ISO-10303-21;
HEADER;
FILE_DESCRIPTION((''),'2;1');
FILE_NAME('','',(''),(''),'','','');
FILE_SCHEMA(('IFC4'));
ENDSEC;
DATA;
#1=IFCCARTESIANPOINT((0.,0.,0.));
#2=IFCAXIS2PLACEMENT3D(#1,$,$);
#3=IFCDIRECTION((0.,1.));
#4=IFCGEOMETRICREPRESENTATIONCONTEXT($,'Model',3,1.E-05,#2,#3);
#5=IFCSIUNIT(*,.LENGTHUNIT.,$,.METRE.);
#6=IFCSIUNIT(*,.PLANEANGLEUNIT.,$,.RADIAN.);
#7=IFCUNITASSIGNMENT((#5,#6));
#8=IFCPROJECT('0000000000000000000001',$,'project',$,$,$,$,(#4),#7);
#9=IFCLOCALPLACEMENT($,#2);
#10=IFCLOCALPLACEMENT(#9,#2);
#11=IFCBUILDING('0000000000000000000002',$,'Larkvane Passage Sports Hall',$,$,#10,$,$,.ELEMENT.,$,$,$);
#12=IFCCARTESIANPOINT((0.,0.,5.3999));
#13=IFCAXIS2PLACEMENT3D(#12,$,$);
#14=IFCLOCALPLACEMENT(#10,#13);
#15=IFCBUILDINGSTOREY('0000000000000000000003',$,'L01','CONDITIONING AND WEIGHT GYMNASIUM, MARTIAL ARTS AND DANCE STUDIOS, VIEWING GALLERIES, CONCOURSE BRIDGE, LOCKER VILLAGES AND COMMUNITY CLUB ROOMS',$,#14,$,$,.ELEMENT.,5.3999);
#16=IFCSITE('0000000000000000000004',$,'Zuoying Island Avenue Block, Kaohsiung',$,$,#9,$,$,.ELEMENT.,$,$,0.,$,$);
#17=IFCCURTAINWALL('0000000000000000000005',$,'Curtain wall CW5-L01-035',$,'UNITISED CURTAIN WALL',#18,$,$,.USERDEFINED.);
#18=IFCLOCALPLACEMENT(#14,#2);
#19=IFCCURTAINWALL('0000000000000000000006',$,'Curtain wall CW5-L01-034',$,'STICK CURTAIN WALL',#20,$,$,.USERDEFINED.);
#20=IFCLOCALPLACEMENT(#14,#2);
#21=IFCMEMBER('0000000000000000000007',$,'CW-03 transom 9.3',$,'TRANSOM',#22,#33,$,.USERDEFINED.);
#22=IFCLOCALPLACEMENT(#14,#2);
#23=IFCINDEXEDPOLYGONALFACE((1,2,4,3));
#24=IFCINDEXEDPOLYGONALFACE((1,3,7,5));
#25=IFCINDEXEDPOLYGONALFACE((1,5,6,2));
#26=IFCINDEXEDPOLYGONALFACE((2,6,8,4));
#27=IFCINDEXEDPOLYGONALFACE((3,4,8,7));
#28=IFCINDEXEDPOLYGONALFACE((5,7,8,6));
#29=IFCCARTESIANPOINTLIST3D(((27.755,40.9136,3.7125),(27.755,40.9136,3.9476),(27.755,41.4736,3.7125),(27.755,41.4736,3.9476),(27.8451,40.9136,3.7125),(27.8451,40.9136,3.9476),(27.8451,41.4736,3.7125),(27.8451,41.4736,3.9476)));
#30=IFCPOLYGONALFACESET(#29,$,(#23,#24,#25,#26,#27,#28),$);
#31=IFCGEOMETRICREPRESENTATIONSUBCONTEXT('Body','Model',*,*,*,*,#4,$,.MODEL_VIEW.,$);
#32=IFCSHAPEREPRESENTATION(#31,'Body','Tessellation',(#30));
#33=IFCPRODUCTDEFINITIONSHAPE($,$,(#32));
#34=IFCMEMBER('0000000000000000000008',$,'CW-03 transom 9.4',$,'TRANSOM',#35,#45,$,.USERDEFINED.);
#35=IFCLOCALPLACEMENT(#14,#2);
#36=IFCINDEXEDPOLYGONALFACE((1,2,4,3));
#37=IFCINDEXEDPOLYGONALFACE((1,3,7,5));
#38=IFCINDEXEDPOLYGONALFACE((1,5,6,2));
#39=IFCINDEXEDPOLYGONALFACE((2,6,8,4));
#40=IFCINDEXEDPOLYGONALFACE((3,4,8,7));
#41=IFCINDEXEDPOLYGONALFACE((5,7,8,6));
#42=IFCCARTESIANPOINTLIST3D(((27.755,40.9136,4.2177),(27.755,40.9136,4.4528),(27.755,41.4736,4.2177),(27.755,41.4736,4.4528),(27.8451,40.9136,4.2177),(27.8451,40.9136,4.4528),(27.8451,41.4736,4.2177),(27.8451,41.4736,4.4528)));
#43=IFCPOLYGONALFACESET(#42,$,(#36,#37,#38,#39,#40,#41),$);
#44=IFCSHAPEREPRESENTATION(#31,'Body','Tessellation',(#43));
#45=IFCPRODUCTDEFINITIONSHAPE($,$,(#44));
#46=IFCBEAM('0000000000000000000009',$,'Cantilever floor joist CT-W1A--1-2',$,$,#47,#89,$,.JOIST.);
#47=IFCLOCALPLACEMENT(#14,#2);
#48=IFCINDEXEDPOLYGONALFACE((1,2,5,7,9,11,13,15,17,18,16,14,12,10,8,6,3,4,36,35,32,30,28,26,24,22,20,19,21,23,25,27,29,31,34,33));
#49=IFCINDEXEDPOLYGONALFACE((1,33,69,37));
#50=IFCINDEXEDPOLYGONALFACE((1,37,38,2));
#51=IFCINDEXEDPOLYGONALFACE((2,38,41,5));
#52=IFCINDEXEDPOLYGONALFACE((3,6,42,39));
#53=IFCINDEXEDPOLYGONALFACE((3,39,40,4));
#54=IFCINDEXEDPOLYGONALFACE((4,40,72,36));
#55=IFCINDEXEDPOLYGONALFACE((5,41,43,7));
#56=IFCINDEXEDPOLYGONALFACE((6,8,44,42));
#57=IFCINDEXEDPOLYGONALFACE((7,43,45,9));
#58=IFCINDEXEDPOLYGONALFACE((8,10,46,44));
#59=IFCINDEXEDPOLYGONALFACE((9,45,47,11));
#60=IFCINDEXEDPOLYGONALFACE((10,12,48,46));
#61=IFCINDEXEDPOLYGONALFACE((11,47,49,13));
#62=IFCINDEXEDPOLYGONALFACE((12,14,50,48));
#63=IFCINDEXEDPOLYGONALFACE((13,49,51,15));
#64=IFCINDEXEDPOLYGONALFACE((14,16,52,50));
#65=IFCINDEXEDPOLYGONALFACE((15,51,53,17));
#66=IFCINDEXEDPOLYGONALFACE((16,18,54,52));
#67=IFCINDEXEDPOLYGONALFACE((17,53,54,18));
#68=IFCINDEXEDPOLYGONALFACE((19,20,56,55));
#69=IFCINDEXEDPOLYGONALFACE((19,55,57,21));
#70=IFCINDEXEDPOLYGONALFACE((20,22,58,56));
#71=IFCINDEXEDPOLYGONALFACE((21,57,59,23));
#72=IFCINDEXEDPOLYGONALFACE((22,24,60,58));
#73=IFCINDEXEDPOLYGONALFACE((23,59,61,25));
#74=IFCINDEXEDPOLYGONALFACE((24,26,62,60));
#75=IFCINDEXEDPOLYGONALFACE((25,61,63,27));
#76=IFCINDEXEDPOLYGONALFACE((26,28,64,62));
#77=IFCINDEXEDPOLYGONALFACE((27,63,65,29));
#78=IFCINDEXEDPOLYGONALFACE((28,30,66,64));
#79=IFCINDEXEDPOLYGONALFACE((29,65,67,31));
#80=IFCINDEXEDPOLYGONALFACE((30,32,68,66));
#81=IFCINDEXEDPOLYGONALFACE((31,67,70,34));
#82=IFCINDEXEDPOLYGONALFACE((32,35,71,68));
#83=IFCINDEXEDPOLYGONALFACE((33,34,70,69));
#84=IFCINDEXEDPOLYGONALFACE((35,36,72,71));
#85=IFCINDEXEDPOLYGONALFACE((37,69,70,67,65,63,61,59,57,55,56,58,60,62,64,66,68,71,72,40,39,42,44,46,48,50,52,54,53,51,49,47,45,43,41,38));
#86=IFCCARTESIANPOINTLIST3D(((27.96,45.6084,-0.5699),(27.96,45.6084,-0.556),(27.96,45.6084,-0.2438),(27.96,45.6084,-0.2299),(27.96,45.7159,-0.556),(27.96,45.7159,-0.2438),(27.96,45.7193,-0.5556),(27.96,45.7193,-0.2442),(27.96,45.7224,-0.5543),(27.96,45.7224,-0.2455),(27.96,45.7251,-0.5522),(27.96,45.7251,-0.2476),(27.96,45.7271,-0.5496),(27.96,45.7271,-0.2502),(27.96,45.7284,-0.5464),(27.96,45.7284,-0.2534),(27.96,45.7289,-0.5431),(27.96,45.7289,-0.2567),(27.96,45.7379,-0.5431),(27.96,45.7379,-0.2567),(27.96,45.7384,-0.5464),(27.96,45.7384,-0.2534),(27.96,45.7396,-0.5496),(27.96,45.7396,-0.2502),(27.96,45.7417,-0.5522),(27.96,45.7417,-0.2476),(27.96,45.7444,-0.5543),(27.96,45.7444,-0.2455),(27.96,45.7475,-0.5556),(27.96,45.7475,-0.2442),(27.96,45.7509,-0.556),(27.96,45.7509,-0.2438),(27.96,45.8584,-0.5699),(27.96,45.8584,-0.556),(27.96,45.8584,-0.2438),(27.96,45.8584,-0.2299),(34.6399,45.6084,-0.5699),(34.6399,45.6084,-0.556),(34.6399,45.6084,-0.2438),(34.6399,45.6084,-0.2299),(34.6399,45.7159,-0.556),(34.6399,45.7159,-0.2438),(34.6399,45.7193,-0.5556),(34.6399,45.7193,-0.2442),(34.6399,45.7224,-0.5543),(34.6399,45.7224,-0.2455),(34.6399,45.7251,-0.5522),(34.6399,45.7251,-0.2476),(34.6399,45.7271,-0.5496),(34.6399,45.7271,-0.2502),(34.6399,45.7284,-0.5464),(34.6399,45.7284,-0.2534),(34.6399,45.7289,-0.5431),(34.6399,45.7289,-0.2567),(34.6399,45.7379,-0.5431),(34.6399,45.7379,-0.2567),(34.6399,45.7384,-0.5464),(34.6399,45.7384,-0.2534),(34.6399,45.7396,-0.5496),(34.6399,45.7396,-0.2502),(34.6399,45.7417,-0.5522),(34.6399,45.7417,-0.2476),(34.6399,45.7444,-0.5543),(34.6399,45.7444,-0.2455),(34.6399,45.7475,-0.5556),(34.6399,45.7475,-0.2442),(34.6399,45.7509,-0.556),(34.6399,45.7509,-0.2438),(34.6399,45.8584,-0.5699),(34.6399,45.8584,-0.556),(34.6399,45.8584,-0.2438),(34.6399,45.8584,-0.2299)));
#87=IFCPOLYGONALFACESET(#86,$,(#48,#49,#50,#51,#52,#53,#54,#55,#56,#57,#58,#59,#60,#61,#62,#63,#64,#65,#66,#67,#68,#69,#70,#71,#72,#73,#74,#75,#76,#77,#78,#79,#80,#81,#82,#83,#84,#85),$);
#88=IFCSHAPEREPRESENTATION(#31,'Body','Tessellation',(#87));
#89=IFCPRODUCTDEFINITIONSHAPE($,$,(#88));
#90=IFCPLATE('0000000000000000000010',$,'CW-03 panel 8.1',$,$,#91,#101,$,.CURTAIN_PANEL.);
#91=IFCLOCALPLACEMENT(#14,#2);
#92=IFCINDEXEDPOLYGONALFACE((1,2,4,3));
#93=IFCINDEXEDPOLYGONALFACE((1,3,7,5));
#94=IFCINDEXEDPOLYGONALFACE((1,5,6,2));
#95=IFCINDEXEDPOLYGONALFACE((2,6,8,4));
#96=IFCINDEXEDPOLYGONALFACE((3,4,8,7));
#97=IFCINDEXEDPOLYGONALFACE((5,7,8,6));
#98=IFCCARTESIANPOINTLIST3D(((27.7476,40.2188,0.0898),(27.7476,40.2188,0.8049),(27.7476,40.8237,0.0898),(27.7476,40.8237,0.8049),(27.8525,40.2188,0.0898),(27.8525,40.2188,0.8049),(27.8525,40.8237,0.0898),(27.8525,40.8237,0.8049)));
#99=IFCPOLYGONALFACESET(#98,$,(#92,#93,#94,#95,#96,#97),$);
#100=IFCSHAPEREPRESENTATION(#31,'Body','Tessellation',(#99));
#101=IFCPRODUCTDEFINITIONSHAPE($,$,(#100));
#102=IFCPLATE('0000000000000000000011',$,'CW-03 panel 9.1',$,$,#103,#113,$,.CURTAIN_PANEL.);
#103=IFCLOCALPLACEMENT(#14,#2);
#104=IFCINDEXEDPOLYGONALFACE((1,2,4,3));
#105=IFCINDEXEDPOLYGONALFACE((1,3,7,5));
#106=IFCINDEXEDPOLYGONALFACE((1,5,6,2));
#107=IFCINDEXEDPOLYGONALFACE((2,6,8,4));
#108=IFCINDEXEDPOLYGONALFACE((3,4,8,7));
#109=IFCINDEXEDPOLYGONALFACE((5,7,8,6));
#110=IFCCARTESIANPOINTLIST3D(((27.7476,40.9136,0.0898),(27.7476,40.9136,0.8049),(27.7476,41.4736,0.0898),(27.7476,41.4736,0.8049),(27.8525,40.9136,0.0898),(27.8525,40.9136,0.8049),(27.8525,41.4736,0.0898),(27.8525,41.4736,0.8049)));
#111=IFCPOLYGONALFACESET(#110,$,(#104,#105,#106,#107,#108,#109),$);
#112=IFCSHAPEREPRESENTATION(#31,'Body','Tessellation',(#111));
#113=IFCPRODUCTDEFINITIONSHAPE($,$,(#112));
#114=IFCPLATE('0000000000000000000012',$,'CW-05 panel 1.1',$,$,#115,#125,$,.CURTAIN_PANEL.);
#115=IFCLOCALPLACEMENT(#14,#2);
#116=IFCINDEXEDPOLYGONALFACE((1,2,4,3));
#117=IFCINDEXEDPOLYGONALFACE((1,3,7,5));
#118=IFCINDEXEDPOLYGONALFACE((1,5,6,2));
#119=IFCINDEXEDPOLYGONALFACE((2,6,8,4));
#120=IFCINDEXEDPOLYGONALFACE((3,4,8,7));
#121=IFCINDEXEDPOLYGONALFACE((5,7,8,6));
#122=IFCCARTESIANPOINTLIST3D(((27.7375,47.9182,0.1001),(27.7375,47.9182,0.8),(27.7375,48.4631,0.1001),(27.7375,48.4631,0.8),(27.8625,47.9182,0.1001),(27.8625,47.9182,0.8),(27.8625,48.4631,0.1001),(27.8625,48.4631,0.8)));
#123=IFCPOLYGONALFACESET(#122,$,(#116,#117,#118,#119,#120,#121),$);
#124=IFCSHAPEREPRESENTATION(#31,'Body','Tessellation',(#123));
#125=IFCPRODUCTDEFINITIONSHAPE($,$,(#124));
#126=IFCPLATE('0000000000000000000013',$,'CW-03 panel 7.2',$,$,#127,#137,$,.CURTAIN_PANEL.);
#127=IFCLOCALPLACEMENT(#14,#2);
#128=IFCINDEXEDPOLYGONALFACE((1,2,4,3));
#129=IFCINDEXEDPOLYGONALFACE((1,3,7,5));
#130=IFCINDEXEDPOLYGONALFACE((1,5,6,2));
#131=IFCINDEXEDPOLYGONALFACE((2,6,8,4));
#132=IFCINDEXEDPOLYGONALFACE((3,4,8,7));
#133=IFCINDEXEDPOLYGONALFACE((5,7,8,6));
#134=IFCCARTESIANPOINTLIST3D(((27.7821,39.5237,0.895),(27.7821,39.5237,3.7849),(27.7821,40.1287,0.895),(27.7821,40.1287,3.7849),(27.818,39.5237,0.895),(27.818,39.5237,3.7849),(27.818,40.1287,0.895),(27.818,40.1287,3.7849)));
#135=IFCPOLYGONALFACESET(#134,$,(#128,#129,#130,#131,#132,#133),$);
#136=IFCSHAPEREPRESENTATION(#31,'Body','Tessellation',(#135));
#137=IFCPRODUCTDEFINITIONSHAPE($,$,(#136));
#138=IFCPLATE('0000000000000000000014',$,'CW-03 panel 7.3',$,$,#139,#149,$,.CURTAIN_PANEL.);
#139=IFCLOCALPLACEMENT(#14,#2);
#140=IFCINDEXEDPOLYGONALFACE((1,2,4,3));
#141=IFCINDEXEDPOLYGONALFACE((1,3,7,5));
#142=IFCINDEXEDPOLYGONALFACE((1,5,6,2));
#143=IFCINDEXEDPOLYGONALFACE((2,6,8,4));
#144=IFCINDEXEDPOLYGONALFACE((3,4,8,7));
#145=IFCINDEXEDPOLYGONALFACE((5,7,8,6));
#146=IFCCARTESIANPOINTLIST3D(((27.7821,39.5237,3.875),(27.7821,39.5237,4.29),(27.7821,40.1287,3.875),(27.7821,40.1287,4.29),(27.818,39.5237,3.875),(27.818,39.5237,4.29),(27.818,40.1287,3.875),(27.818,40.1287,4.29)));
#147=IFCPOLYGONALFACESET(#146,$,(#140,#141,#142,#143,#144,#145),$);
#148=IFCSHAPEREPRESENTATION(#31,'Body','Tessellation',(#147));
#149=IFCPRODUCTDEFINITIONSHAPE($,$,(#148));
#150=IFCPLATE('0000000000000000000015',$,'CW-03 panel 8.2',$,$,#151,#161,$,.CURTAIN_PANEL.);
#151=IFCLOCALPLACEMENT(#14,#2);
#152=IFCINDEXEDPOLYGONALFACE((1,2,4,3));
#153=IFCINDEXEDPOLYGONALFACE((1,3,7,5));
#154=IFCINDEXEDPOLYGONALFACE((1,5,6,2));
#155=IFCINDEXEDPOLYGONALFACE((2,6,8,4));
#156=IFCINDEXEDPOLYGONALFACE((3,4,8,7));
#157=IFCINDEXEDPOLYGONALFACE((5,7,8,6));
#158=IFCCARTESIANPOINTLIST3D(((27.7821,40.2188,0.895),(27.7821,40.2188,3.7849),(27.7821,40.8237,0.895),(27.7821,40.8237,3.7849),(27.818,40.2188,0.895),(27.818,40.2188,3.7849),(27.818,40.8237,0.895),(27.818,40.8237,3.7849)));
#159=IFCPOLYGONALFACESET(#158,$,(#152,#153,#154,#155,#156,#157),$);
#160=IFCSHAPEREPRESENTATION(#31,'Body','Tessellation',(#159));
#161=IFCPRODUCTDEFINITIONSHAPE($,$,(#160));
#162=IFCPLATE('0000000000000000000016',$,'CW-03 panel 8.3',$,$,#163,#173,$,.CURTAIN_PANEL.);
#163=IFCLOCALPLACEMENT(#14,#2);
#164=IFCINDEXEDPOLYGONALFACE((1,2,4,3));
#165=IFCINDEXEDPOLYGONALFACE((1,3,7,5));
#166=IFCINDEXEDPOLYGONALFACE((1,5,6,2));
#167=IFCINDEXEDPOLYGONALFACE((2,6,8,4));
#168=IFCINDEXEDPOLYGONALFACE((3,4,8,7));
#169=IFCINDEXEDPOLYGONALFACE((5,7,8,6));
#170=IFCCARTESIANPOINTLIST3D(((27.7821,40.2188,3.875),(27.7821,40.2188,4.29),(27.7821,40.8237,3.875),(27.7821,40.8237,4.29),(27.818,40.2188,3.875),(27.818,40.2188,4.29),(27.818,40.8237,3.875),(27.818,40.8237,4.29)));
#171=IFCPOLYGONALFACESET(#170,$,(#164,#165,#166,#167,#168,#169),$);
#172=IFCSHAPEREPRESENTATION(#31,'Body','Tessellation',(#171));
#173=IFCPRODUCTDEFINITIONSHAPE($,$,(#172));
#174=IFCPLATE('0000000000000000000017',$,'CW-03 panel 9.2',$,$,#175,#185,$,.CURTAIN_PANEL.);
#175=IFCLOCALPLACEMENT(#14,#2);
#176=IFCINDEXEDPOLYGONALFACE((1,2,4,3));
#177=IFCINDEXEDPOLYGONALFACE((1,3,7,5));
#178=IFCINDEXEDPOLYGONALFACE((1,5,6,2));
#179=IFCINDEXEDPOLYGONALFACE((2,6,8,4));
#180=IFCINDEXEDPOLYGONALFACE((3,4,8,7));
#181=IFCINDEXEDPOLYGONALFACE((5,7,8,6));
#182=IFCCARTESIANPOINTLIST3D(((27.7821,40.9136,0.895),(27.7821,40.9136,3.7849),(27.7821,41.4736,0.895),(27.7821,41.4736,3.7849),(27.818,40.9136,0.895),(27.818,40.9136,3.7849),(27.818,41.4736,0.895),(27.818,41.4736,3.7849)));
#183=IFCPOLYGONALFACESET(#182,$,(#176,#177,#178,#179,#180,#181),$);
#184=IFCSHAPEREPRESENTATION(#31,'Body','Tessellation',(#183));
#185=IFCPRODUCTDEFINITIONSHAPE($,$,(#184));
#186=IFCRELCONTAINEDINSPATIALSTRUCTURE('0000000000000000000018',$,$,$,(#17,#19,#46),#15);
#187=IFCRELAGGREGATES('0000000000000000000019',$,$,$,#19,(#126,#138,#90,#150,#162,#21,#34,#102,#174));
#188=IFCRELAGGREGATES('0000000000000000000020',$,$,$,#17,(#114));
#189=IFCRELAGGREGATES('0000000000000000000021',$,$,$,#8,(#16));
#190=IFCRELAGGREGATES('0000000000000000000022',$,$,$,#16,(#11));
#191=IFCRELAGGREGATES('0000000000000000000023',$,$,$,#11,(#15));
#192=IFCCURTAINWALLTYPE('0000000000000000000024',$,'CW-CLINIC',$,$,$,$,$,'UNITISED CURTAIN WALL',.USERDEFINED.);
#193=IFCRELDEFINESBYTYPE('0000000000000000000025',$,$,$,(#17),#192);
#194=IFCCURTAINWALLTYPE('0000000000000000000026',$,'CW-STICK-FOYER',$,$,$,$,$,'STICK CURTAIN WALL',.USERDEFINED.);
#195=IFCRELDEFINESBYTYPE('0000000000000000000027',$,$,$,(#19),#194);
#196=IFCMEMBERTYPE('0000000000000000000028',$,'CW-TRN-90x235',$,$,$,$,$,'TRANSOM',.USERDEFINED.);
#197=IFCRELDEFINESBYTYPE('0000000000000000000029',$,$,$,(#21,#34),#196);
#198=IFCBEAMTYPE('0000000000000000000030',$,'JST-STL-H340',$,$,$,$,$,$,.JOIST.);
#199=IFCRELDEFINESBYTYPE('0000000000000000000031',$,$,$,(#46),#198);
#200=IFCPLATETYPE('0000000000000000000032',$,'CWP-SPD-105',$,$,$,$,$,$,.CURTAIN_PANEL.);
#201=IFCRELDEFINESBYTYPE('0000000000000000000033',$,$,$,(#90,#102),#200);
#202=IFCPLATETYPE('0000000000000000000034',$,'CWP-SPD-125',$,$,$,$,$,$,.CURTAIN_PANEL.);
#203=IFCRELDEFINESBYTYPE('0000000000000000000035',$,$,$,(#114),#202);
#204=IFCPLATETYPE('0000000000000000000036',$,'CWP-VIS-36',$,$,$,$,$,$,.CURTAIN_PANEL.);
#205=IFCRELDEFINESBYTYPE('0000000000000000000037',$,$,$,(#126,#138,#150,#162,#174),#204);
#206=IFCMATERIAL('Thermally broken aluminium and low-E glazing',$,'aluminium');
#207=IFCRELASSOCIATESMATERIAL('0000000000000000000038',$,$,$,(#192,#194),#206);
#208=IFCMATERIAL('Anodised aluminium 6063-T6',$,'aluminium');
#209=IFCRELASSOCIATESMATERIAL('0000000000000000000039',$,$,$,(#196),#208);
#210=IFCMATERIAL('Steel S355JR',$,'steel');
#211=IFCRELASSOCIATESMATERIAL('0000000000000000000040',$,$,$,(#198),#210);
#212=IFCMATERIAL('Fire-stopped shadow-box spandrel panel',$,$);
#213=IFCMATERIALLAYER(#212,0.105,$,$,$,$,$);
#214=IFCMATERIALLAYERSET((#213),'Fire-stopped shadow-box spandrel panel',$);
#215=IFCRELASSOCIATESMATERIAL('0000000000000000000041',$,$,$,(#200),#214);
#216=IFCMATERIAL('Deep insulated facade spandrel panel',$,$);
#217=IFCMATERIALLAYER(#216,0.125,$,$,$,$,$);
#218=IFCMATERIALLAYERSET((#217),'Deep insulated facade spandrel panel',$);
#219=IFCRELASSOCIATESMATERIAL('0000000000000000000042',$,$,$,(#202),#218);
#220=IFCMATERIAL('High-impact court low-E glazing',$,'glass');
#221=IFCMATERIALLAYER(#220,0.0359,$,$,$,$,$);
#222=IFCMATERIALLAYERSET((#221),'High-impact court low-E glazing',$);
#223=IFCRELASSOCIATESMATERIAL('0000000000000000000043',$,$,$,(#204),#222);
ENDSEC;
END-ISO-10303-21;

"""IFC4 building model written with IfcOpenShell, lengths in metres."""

from ifc_helpers import new_model, si_unit, direction, frame, origin, origin_2d, place, context, subcontext, project, spatial, rectangle, i_section, extrude, material, layer, layer_set, material_profile, profile_set, type_object, element, aggregate, save


model = new_model("IFC4")

# Units and contexts
model_context = context("Model", 3, precision=1e-05, world=origin(), true_north=direction((0.0, 1.0)))
body_context = subcontext(model_context, "Body", "Model", "MODEL_VIEW")
ifc_project = project(units=[si_unit("LENGTHUNIT", "METRE"), si_unit("PLANEANGLEUNIT", "RADIAN")], contexts=[model_context])

# Site, building, storey
site_placement = place(None, origin())
site = spatial("IfcSite", under=ifc_project, at=site_placement, Name="Zuoying Island Avenue Block, Kaohsiung", CompositionType="ELEMENT", RefElevation=0.0)
building_placement = place(site_placement, origin())
building = spatial("IfcBuilding", under=site, at=building_placement, Name="Larkvane Passage Sports Hall", CompositionType="ELEMENT")
storey_placement = place(building_placement, frame((0.0, 0.0, 5.3999)))
storey = spatial("IfcBuildingStorey", under=building, at=storey_placement, Name="L01", Description="CONDITIONING AND WEIGHT GYMNASIUM, MARTIAL ARTS AND DANCE STUDIOS, VIEWING GALLERIES, CONCOURSE BRIDGE, LOCKER VILLAGES AND COMMUNITY CLUB ROOMS", CompositionType="ELEMENT", Elevation=5.3999)

# Curtain wall
ifc_material_1 = material(Name="Thermally broken aluminium and low-E glazing", Category="aluminium")
curtain_wall_type_1 = type_object("IfcCurtainWallType", Name="CW-CLINIC", ElementType="UNITISED CURTAIN WALL", PredefinedType="USERDEFINED", material=ifc_material_1)
curtain_wall_1_placement = place(storey_placement, origin())
curtain_wall_1 = element("IfcCurtainWall", 1, at=curtain_wall_1_placement, inside=storey, type_object=curtain_wall_type_1, Name="Curtain wall CW5-L01-035", ObjectType="UNITISED CURTAIN WALL", PredefinedType="USERDEFINED")
ifc_material_2 = material(Name="Anodised aluminium 6063-T6", Category="aluminium")

# Curtain wall
curtain_wall_type_2 = type_object("IfcCurtainWallType", Name="CW-STICK-FOYER", ElementType="STICK CURTAIN WALL", PredefinedType="USERDEFINED", material=ifc_material_1)
curtain_wall_2_placement = place(storey_placement, origin())
curtain_wall_2 = element("IfcCurtainWall", 2, at=curtain_wall_2_placement, inside=storey, type_object=curtain_wall_type_2, Name="Curtain wall CW5-L01-034", ObjectType="STICK CURTAIN WALL", PredefinedType="USERDEFINED")

# Members
ifc_material_profile_1 = material_profile(ifc_material_2, rectangle(XDim=0.0901, YDim=0.2351, at=origin_2d()), Name="ALU-TRN-90x235")
ifc_profile_set_1 = profile_set([ifc_material_profile_1], Name="Anodised aluminium 6063-T6")
member_type_1 = type_object("IfcMemberType", Name="CW-TRN-90x235", ElementType="TRANSOM", PredefinedType="USERDEFINED", material=ifc_profile_set_1)
member_1_placement = place(storey_placement, frame((27.8, 40.9136, 3.8301), z_axis=(0.0, 1.0, 0.0), x_axis=(-1.0, 0.0, 0.0)))
member_1 = element("IfcMember", 3, at=member_1_placement, type_object=member_type_1, Name="CW-03 transom 9.3", ObjectType="TRANSOM", PredefinedType="USERDEFINED", context=body_context, shape_type="SweptSolid", body=[
    extrude(rectangle(XDim=0.0901, YDim=0.2351, at=origin_2d()), origin(), (0.0, 0.0, 1.0), 0.5601),
])
member_2_placement = place(storey_placement, frame((27.8, 40.9136, 4.3352), z_axis=(0.0, 1.0, 0.0), x_axis=(-1.0, 0.0, 0.0)))
member_2 = element("IfcMember", 4, at=member_2_placement, type_object=member_type_1, Name="CW-03 transom 9.4", ObjectType="TRANSOM", PredefinedType="USERDEFINED", context=body_context, shape_type="SweptSolid", body=[
    extrude(rectangle(XDim=0.0901, YDim=0.2351, at=origin_2d()), origin(), (0.0, 0.0, 1.0), 0.5601),
])

# Beam
ifc_material_3 = material(Name="Steel S355JR", Category="steel")
ifc_material_profile_2 = material_profile(ifc_material_3, i_section(OverallWidth=0.25, OverallDepth=0.3401, WebThickness=0.009, FlangeThickness=0.0139, FilletRadius=0.0129, at=origin_2d()), Name="H-340x250x9x14")
ifc_profile_set_2 = profile_set([ifc_material_profile_2], Name="Steel S355JR")
beam_type = type_object("IfcBeamType", Name="JST-STL-H340", PredefinedType="JOIST", material=ifc_profile_set_2)
beam_placement = place(storey_placement, frame((27.96, 45.7334, -0.3999), z_axis=(1.0, 0.0, 0.0), x_axis=(0.0, 1.0, 0.0)))
element("IfcBeam", 5, at=beam_placement, inside=storey, type_object=beam_type, Name="Cantilever floor joist CT-W1A--1-2", PredefinedType="JOIST", context=body_context, shape_type="SweptSolid", body=[
    extrude(i_section(OverallWidth=0.25, OverallDepth=0.3401, WebThickness=0.009, FlangeThickness=0.0139, FilletRadius=0.0129, at=origin_2d()), origin(), (0.0, 0.0, 1.0), 6.6799),
])

# Plates
ifc_material_4 = material(Name="Fire-stopped shadow-box spandrel panel")
ifc_layer_1 = layer(ifc_material_4, 0.105)
ifc_layer_set_1 = layer_set([ifc_layer_1], Name="Fire-stopped shadow-box spandrel panel")
plate_type_1 = type_object("IfcPlateType", Name="CWP-SPD-105", PredefinedType="CURTAIN_PANEL", material=ifc_layer_set_1)
plate_1_placement = place(storey_placement, frame((27.8, 40.5212, 0.0898), z_axis=(0.0, 0.0, 1.0), x_axis=(0.0, 1.0, 0.0)))
plate_1 = element("IfcPlate", 6, at=plate_1_placement, type_object=plate_type_1, Name="CW-03 panel 8.1", PredefinedType="CURTAIN_PANEL", context=body_context, shape_type="SweptSolid", body=[
    extrude(rectangle(XDim=0.605, YDim=0.105, at=origin_2d()), origin(), (0.0, 0.0, 1.0), 0.7151),
])
plate_2_placement = place(storey_placement, frame((27.8, 41.1936, 0.0898), z_axis=(0.0, 0.0, 1.0), x_axis=(0.0, 1.0, 0.0)))
plate_2 = element("IfcPlate", 7, at=plate_2_placement, type_object=plate_type_1, Name="CW-03 panel 9.1", PredefinedType="CURTAIN_PANEL", context=body_context, shape_type="SweptSolid", body=[
    extrude(rectangle(XDim=0.5601, YDim=0.105, at=origin_2d()), origin(), (0.0, 0.0, 1.0), 0.7151),
])
ifc_material_5 = material(Name="Deep insulated facade spandrel panel")
ifc_layer_2 = layer(ifc_material_5, 0.125)
ifc_layer_set_2 = layer_set([ifc_layer_2], Name="Deep insulated facade spandrel panel")
plate_type_2 = type_object("IfcPlateType", Name="CWP-SPD-125", PredefinedType="CURTAIN_PANEL", material=ifc_layer_set_2)
plate_3_placement = place(storey_placement, frame((27.8, 48.1907, 0.1001), z_axis=(0.0, 0.0, 1.0), x_axis=(0.0, 1.0, 0.0)))
plate_3 = element("IfcPlate", 8, at=plate_3_placement, type_object=plate_type_2, Name="CW-05 panel 1.1", PredefinedType="CURTAIN_PANEL", context=body_context, shape_type="SweptSolid", body=[
    extrude(rectangle(XDim=0.5449, YDim=0.125, at=origin_2d()), origin(), (0.0, 0.0, 1.0), 0.7),
])
ifc_material_6 = material(Name="High-impact court low-E glazing", Category="glass")
ifc_layer_3 = layer(ifc_material_6, 0.0359)
ifc_layer_set_3 = layer_set([ifc_layer_3], Name="High-impact court low-E glazing")
plate_type_3 = type_object("IfcPlateType", Name="CWP-VIS-36", PredefinedType="CURTAIN_PANEL", material=ifc_layer_set_3)
plate_4_placement = place(storey_placement, frame((27.8, 39.8262, 0.895), z_axis=(0.0, 0.0, 1.0), x_axis=(0.0, 1.0, 0.0)))
plate_4 = element("IfcPlate", 9, at=plate_4_placement, type_object=plate_type_3, Name="CW-03 panel 7.2", PredefinedType="CURTAIN_PANEL", context=body_context, shape_type="SweptSolid", body=[
    extrude(rectangle(XDim=0.605, YDim=0.0359, at=origin_2d()), origin(), (0.0, 0.0, 1.0), 2.8899),
])
plate_5_placement = place(storey_placement, frame((27.8, 39.8262, 3.875), z_axis=(0.0, 0.0, 1.0), x_axis=(0.0, 1.0, 0.0)))
plate_5 = element("IfcPlate", 10, at=plate_5_placement, type_object=plate_type_3, Name="CW-03 panel 7.3", PredefinedType="CURTAIN_PANEL", context=body_context, shape_type="SweptSolid", body=[
    extrude(rectangle(XDim=0.605, YDim=0.0359, at=origin_2d()), origin(), (0.0, 0.0, 1.0), 0.415),
])
plate_6_placement = place(storey_placement, frame((27.8, 40.5212, 0.895), z_axis=(0.0, 0.0, 1.0), x_axis=(0.0, 1.0, 0.0)))
plate_6 = element("IfcPlate", 11, at=plate_6_placement, type_object=plate_type_3, Name="CW-03 panel 8.2", PredefinedType="CURTAIN_PANEL", context=body_context, shape_type="SweptSolid", body=[
    extrude(rectangle(XDim=0.605, YDim=0.0359, at=origin_2d()), origin(), (0.0, 0.0, 1.0), 2.8899),
])
plate_7_placement = place(storey_placement, frame((27.8, 40.5212, 3.875), z_axis=(0.0, 0.0, 1.0), x_axis=(0.0, 1.0, 0.0)))
plate_7 = element("IfcPlate", 12, at=plate_7_placement, type_object=plate_type_3, Name="CW-03 panel 8.3", PredefinedType="CURTAIN_PANEL", context=body_context, shape_type="SweptSolid", body=[
    extrude(rectangle(XDim=0.605, YDim=0.0359, at=origin_2d()), origin(), (0.0, 0.0, 1.0), 0.415),
])
plate_8_placement = place(storey_placement, frame((27.8, 41.1936, 0.895), z_axis=(0.0, 0.0, 1.0), x_axis=(0.0, 1.0, 0.0)))
plate_8 = element("IfcPlate", 13, at=plate_8_placement, type_object=plate_type_3, Name="CW-03 panel 9.2", PredefinedType="CURTAIN_PANEL", context=body_context, shape_type="SweptSolid", body=[
    extrude(rectangle(XDim=0.5601, YDim=0.0359, at=origin_2d()), origin(), (0.0, 0.0, 1.0), 2.8899),
])
aggregate(curtain_wall_2, [plate_4, plate_5, plate_1, plate_6, plate_7, member_1, member_2, plate_2, plate_8])
aggregate(curtain_wall_1, [plate_3])

save(model, "model.ifc")
